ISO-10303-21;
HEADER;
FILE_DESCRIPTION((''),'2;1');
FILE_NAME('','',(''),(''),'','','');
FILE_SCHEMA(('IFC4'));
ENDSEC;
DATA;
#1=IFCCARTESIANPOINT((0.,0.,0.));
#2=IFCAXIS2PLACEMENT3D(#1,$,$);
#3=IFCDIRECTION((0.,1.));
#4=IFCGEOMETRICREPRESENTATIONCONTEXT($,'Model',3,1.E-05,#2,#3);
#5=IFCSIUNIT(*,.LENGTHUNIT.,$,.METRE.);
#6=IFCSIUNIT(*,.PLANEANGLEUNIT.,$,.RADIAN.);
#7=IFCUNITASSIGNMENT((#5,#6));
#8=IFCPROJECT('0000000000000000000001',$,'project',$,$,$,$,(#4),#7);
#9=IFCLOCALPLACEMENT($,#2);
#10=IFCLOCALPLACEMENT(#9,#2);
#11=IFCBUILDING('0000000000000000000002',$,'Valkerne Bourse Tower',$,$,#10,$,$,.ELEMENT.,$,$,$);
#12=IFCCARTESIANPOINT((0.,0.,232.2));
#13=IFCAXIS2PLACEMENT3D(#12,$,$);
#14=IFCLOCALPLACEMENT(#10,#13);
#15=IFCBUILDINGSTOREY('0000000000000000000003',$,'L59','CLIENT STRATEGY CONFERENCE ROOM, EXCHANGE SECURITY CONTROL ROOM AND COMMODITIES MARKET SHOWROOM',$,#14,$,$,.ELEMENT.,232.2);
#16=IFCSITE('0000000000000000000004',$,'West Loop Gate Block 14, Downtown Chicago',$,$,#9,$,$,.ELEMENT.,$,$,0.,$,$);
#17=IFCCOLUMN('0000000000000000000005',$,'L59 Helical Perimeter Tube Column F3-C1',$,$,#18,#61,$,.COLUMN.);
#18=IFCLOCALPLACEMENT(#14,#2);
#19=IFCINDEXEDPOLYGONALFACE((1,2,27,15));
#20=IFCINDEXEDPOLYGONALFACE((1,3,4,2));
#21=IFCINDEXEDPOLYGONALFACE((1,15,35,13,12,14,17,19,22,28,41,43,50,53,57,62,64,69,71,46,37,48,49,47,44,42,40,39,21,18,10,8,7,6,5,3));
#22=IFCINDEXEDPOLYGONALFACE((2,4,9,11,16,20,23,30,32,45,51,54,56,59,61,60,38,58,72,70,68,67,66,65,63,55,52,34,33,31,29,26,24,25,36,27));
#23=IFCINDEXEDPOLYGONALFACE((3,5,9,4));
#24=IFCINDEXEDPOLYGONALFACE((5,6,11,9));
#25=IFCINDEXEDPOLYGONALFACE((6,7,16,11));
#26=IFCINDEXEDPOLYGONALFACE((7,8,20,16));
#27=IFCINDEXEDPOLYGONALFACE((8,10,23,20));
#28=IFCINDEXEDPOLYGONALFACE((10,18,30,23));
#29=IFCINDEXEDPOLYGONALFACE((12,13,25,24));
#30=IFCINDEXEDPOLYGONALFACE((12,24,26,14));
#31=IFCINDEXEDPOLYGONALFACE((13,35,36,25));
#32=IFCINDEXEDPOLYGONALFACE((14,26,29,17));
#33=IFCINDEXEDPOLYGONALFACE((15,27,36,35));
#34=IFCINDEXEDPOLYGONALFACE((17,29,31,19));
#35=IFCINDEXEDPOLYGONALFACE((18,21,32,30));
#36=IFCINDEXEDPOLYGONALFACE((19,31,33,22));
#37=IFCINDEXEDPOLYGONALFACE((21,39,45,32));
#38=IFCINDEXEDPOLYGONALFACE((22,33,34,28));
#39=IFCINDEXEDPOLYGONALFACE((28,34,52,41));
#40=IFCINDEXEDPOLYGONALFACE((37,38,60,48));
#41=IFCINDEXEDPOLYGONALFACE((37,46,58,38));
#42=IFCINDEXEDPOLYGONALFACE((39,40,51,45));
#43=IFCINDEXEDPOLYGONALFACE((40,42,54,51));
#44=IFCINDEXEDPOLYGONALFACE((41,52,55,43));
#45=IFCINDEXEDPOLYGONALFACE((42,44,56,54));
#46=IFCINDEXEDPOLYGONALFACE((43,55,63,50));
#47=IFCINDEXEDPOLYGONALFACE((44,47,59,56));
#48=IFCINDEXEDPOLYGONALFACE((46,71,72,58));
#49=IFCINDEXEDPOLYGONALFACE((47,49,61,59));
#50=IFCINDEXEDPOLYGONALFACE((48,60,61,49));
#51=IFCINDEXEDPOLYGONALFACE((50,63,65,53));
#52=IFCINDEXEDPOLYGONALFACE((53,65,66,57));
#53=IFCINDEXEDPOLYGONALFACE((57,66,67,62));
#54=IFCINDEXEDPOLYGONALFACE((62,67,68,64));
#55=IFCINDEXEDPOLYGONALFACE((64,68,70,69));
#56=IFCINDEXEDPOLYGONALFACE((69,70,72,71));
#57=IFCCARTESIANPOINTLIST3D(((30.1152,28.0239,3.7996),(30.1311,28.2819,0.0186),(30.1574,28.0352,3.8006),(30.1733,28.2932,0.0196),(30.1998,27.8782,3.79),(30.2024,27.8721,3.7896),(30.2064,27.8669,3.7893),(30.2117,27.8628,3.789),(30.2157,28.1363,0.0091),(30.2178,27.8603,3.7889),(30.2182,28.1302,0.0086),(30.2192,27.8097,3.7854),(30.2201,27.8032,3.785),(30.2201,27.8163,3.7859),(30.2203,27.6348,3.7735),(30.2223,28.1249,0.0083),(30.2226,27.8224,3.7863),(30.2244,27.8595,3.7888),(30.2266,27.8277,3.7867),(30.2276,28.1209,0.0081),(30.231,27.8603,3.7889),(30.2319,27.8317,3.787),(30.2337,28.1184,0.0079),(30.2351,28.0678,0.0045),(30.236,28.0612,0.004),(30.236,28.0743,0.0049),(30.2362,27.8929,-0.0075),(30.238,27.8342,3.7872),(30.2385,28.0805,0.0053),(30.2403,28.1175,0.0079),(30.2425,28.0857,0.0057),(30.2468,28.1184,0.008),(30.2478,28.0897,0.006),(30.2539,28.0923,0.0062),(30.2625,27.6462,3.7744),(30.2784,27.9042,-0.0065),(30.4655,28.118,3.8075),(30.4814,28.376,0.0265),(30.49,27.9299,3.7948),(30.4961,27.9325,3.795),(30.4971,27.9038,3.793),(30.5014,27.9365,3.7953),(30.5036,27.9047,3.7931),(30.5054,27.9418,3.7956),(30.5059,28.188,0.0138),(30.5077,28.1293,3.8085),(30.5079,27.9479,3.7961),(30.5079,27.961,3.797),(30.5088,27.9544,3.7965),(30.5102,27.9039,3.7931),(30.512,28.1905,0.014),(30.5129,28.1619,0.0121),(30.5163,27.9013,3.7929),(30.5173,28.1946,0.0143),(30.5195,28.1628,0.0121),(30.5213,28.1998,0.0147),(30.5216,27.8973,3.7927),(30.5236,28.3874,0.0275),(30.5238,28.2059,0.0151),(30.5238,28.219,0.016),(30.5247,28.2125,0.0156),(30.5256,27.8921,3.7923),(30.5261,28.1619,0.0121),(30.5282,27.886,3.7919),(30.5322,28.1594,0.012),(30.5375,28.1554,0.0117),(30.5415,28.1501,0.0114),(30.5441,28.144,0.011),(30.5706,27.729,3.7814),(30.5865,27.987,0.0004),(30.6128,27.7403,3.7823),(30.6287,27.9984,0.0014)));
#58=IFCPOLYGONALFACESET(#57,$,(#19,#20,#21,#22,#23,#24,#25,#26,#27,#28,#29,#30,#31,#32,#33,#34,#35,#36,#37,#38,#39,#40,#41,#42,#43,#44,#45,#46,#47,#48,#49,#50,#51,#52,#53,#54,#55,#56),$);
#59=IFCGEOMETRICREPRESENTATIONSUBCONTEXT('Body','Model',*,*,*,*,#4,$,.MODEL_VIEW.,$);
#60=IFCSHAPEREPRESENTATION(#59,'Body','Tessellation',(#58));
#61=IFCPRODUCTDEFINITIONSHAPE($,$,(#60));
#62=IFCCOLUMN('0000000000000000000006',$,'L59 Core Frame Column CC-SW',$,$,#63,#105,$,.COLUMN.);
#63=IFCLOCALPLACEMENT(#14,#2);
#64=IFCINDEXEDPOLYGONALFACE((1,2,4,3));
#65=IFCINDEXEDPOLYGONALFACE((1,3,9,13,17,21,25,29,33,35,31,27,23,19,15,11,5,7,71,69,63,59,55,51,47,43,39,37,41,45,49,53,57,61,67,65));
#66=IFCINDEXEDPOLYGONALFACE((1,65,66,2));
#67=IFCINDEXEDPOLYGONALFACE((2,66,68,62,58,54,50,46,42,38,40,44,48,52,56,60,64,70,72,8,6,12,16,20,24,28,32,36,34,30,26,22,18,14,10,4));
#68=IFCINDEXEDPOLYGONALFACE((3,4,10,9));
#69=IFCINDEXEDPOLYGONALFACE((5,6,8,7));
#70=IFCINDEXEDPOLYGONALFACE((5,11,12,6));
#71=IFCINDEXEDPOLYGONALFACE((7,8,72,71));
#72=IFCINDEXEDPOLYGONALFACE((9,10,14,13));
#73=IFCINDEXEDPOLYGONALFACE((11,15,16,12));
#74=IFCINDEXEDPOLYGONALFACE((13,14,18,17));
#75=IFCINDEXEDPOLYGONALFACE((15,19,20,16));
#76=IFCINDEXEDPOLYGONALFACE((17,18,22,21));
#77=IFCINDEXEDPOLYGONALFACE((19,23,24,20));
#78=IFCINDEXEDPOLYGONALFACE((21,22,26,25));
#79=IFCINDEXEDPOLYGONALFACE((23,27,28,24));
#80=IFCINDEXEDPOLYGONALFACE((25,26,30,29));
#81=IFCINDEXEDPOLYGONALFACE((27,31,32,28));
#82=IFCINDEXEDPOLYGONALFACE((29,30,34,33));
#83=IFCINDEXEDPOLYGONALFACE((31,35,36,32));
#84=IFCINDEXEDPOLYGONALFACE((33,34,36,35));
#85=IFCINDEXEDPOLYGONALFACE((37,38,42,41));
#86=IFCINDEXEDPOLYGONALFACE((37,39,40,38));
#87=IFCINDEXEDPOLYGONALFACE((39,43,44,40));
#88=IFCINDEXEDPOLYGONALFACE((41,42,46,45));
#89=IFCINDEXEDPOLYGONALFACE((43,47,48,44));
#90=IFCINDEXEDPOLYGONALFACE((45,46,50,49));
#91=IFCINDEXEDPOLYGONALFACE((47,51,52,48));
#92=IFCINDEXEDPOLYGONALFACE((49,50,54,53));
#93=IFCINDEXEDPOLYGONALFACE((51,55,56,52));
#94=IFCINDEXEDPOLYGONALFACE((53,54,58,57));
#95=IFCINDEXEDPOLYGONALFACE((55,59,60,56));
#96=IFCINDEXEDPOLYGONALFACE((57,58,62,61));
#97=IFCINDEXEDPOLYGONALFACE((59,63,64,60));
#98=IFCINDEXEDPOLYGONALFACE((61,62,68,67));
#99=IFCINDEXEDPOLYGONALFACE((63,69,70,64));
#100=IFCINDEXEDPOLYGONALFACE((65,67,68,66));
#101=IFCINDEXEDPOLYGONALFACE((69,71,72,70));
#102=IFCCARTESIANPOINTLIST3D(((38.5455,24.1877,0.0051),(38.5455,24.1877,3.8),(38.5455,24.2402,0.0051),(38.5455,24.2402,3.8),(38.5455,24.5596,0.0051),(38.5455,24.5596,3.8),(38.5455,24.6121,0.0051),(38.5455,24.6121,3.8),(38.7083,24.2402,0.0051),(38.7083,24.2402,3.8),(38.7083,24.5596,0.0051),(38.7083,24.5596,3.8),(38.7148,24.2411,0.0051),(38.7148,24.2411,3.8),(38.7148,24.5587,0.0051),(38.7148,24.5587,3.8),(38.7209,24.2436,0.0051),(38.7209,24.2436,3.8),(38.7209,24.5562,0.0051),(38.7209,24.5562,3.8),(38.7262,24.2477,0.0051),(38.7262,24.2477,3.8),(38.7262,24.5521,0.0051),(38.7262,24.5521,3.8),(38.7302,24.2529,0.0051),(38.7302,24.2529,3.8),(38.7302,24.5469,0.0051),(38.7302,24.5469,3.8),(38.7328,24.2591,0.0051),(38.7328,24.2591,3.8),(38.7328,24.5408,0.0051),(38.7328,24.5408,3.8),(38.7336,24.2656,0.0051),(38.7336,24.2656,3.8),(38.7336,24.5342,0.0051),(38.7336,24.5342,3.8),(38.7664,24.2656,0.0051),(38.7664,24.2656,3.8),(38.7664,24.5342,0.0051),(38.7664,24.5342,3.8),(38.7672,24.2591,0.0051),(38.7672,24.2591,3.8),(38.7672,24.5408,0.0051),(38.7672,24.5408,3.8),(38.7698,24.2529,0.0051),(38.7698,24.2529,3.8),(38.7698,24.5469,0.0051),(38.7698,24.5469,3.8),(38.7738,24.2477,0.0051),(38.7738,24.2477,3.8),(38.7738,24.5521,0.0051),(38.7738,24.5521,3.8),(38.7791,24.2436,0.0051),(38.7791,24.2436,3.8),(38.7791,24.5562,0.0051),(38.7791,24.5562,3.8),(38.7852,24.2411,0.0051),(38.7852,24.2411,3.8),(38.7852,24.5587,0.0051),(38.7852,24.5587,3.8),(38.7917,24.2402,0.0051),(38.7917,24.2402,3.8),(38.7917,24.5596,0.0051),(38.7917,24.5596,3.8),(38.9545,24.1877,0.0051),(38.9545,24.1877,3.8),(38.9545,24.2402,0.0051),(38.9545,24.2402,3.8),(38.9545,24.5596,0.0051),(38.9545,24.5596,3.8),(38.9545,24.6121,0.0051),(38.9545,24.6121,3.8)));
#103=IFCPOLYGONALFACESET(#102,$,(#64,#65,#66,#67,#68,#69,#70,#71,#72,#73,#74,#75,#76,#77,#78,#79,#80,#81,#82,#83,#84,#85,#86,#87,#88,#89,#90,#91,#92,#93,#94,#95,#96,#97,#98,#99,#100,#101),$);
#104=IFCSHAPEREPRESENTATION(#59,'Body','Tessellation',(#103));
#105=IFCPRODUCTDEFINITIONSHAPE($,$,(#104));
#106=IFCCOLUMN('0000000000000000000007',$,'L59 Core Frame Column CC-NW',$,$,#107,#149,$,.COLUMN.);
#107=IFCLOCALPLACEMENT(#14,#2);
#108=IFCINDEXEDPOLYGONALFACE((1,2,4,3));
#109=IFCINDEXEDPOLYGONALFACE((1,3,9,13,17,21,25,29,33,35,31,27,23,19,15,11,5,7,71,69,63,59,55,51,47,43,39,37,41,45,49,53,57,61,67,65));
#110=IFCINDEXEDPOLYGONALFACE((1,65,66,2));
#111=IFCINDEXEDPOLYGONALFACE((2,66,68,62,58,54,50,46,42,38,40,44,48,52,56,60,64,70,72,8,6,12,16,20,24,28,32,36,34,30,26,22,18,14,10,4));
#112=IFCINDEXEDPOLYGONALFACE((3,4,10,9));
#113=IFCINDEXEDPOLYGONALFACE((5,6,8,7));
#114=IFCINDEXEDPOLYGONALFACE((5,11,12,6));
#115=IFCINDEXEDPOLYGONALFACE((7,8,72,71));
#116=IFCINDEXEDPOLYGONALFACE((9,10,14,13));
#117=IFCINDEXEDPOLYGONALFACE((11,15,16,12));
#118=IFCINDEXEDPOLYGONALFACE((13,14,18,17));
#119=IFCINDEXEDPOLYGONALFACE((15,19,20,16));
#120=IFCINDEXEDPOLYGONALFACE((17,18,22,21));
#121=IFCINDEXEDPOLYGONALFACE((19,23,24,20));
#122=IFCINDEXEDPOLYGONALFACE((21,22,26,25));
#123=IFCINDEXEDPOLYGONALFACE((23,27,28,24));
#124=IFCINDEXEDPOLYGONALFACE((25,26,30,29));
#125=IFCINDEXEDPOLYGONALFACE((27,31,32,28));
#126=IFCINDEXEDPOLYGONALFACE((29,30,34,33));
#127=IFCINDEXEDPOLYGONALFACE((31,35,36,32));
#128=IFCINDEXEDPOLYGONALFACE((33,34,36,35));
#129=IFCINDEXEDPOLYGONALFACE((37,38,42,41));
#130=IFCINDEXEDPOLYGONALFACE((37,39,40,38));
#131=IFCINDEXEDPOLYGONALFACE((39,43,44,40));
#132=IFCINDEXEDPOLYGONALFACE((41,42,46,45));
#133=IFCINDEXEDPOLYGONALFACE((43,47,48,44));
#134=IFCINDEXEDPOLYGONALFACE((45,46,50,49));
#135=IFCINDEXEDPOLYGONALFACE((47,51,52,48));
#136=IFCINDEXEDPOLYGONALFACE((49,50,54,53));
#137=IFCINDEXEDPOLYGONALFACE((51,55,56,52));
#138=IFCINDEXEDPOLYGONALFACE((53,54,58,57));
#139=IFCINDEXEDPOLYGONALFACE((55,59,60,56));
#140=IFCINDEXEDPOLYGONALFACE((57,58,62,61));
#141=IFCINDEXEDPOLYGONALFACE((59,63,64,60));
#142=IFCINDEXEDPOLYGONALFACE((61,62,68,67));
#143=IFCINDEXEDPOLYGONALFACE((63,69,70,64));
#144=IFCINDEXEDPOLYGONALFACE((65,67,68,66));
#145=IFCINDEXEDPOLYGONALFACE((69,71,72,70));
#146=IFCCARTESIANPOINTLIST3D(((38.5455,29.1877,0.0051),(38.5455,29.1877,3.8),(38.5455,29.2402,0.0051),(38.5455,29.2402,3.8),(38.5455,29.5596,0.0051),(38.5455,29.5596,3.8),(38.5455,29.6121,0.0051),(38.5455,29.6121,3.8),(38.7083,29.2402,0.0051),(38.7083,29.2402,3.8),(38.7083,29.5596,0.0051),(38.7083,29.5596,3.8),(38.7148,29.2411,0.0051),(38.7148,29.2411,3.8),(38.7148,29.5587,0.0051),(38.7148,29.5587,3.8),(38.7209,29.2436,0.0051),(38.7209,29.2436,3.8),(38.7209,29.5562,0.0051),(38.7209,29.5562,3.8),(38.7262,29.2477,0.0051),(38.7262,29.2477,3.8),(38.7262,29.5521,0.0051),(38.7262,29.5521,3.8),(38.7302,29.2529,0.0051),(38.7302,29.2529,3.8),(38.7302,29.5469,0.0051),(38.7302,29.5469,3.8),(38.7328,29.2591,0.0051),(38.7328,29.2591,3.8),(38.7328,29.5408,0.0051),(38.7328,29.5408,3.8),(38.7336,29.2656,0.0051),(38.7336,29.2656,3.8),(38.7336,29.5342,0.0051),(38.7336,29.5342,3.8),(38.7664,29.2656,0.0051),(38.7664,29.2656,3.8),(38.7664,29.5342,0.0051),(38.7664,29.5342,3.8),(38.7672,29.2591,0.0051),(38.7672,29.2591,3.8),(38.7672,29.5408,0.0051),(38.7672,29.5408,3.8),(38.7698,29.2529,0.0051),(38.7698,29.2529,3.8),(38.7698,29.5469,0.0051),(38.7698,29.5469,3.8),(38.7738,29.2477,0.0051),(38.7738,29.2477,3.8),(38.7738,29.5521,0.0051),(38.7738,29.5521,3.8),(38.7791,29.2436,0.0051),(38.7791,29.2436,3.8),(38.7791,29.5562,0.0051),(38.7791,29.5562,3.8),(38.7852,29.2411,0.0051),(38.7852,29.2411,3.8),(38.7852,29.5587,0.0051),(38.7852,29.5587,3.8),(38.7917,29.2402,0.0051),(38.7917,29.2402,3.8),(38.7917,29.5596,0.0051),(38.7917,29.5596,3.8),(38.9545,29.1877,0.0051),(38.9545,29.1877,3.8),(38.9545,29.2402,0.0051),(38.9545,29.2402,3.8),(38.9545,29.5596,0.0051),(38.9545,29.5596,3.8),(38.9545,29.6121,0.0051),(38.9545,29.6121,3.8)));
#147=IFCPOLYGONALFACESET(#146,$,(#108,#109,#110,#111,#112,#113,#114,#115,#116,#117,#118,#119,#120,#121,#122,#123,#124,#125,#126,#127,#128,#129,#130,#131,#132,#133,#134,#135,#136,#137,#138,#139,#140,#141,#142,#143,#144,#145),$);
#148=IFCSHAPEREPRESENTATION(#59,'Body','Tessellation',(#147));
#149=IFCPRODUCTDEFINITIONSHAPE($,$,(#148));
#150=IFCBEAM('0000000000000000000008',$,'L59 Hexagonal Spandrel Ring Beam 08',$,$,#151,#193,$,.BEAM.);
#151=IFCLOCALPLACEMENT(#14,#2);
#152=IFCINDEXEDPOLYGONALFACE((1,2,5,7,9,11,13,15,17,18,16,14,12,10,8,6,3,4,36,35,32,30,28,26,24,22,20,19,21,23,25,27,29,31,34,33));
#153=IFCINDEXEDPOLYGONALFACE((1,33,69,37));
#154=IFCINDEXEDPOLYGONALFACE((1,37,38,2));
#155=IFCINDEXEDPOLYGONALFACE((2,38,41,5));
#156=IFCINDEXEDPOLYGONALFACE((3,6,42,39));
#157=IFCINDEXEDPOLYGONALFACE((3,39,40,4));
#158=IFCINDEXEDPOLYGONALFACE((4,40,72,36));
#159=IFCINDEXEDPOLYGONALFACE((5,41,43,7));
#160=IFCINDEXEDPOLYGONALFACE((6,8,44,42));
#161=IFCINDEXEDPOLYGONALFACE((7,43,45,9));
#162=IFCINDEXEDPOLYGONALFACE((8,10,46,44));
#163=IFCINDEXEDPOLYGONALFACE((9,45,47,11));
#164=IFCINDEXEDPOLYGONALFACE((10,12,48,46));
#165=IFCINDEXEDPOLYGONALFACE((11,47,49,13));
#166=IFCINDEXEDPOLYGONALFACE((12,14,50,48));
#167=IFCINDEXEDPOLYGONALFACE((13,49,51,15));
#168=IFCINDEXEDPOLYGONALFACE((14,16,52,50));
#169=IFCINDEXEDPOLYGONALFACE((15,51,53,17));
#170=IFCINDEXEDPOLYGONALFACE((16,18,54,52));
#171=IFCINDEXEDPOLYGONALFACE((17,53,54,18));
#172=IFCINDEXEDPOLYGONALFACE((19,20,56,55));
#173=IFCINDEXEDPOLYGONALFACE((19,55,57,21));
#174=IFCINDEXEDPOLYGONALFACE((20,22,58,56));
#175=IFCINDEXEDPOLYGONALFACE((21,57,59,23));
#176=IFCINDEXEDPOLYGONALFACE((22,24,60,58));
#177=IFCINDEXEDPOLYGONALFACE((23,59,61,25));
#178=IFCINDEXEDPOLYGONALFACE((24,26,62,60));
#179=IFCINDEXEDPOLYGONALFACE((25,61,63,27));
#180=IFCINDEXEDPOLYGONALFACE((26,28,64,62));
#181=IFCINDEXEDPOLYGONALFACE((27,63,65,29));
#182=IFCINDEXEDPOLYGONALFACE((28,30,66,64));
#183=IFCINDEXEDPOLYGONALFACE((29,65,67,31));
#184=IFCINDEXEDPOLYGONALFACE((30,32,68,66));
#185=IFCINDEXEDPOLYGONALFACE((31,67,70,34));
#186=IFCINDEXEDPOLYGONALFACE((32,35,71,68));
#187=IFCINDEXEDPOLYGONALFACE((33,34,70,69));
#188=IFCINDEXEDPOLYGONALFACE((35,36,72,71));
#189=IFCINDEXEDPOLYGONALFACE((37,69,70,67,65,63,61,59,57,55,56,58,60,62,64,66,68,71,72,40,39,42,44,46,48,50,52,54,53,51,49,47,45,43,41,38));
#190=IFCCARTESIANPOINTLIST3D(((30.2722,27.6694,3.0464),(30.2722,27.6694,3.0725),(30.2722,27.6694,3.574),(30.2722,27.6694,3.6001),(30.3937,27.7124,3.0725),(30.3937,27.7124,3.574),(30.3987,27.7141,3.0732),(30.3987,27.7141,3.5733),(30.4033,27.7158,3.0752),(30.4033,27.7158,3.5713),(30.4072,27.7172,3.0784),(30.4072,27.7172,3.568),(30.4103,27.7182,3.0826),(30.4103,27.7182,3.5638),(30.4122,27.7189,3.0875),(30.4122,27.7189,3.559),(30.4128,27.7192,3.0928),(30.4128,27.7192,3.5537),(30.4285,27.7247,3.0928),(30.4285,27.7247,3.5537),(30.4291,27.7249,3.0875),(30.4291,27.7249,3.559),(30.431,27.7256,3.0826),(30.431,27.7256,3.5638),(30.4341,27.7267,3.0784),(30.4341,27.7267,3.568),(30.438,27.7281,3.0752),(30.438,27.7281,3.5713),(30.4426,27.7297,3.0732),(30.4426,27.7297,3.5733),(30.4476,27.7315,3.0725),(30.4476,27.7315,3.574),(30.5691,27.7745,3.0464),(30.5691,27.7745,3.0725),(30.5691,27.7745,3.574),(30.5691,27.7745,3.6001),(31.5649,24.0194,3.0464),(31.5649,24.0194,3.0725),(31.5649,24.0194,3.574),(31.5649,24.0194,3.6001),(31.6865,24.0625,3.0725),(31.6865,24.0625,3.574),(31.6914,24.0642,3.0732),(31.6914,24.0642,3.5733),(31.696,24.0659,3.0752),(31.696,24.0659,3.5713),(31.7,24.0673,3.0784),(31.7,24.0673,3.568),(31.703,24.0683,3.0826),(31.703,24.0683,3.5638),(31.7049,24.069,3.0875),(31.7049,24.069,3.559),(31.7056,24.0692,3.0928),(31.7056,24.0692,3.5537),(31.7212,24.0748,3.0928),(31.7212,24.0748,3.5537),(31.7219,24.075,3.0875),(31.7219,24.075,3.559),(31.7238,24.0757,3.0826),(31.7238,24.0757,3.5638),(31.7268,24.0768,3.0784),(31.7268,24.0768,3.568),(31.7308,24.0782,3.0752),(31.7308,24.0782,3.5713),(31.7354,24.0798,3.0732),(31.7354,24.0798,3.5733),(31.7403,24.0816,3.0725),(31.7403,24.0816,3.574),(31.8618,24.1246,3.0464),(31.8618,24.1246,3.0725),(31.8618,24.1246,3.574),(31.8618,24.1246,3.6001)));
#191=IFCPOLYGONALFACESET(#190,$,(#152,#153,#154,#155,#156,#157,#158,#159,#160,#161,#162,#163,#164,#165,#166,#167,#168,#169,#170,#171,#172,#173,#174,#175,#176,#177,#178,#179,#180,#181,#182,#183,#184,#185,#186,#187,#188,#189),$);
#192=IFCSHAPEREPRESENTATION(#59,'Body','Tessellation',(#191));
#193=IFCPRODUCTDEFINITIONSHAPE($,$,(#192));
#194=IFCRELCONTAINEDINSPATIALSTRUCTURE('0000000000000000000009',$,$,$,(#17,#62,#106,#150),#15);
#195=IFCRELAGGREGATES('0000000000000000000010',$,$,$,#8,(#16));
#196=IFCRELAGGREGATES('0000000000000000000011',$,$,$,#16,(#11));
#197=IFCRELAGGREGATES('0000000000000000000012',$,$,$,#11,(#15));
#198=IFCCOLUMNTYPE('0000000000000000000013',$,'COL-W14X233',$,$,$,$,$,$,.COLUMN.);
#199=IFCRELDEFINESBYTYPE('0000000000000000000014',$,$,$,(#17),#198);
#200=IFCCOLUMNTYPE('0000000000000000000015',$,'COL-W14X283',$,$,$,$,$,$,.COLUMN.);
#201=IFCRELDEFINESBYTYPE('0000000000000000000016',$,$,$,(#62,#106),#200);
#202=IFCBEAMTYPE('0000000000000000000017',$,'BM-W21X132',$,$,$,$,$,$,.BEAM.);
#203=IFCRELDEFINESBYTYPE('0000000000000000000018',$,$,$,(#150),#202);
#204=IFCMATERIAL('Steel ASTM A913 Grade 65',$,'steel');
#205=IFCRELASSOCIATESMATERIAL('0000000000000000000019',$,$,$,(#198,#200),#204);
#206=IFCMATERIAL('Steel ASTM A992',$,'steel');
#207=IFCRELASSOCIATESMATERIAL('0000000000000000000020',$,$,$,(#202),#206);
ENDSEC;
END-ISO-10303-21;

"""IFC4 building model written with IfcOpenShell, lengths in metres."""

from ifc_helpers import new_model, si_unit, direction, frame, origin, origin_2d, place, context, subcontext, project, spatial, i_section, extrude, material, material_profile, profile_set, type_object, element, save


model = new_model("IFC4")

# Units and contexts
model_context = context("Model", 3, precision=1e-05, world=origin(), true_north=direction((0.0, 1.0)))
body_context = subcontext(model_context, "Body", "Model", "MODEL_VIEW")
ifc_project = project(units=[si_unit("LENGTHUNIT", "METRE"), si_unit("PLANEANGLEUNIT", "RADIAN")], contexts=[model_context])

# Site, building, storey
site_placement = place(None, origin())
site = spatial("IfcSite", under=ifc_project, at=site_placement, Name="West Loop Gate Block 14, Downtown Chicago", CompositionType="ELEMENT", RefElevation=0.0)
building_placement = place(site_placement, origin())
building = spatial("IfcBuilding", under=site, at=building_placement, Name="Valkerne Bourse Tower", CompositionType="ELEMENT")
storey_placement = place(building_placement, frame((0.0, 0.0, 232.2)))
storey = spatial("IfcBuildingStorey", under=building, at=storey_placement, Name="L59", Description="CLIENT STRATEGY CONFERENCE ROOM, EXCHANGE SECURITY CONTROL ROOM AND COMMODITIES MARKET SHOWROOM", CompositionType="ELEMENT", Elevation=232.2)

# Columns
ifc_material_1 = material(Name="Steel ASTM A913 Grade 65", Category="steel")
ifc_material_profile_1 = material_profile(ifc_material_1, i_section(OverallWidth=0.4038, OverallDepth=0.4065, WebThickness=0.0271, FlangeThickness=0.0437, FilletRadius=0.0254, at=origin_2d()), Name="W14X233")
ifc_profile_set_1 = profile_set([ifc_material_profile_1], Name="Steel ASTM A913 Grade 65")
column_type_1 = type_object("IfcColumnType", Name="COL-W14X233", PredefinedType="COLUMN", material=ifc_profile_set_1)
column_placement = place(storey_placement, frame((30.3799, 28.1401, 0.01), z_axis=(-0.004187, -0.068092, 0.99767), x_axis=(0.260321, -0.963355, -0.064657)))
element("IfcColumn", 1, at=column_placement, inside=storey, type_object=column_type_1, Name="L59 Helical Perimeter Tube Column F3-C1", PredefinedType="COLUMN", context=body_context, shape_type="SweptSolid", body=[
    extrude(i_section(OverallWidth=0.4038, OverallDepth=0.4065, WebThickness=0.0271, FlangeThickness=0.0437, FilletRadius=0.0254, at=origin_2d()), origin(), (0.0, 0.0, 1.0), 3.7898),
])
ifc_material_profile_2 = material_profile(ifc_material_1, i_section(OverallWidth=0.4089, OverallDepth=0.4243, WebThickness=0.0327, FlangeThickness=0.0525, FilletRadius=0.0254, at=origin_2d()), Name="W14X283")
ifc_profile_set_2 = profile_set([ifc_material_profile_2], Name="Steel ASTM A913 Grade 65")
column_type_2 = type_object("IfcColumnType", Name="COL-W14X283", PredefinedType="COLUMN", material=ifc_profile_set_2)
for number, where, z_axis, x_axis, name in (
    (2, (38.75, 24.3999, 0.0051), (0.0, 0.0, 1.0), (1.0, 0.0, 0.0), "L59 Core Frame Column CC-SW"),
    (3, (38.75, 29.3999, 0.0051), (0.0, 0.0, 1.0), (1.0, 0.0, 0.0), "L59 Core Frame Column CC-NW"),
):
    element("IfcColumn", number, at=place(storey_placement, frame(where, z_axis=z_axis, x_axis=x_axis)), inside=storey, type_object=column_type_2, Name=name, PredefinedType="COLUMN", context=body_context, shape_type="SweptSolid", body=[
        extrude(i_section(OverallWidth=0.4089, OverallDepth=0.4243, WebThickness=0.0327, FlangeThickness=0.0525, FilletRadius=0.0254, at=origin_2d()), origin(), (0.0, 0.0, 1.0), 3.7949),
    ])

# Beam
ifc_material_2 = material(Name="Steel ASTM A992", Category="steel")
ifc_material_profile_3 = material_profile(ifc_material_2, i_section(OverallWidth=0.3149, OverallDepth=0.5537, WebThickness=0.0166, FlangeThickness=0.0261, FilletRadius=0.0203, at=origin_2d()), Name="W21X132")
ifc_profile_set_3 = profile_set([ifc_material_profile_3], Name="Steel ASTM A992")
beam_type_1 = type_object("IfcBeamType", Name="BM-W21X132", PredefinedType="BEAM", material=ifc_profile_set_3)
beam_1_placement = place(storey_placement, frame((30.4207, 27.7219, 3.3232), z_axis=(0.333859, -0.942623, 0.0), x_axis=(0.942623, 0.333859, 0.0)))
element("IfcBeam", 4, at=beam_1_placement, inside=storey, type_object=beam_type_1, Name="L59 Hexagonal Spandrel Ring Beam 08", PredefinedType="BEAM", context=body_context, shape_type="SweptSolid", body=[
    extrude(i_section(OverallWidth=0.3149, OverallDepth=0.5537, WebThickness=0.0166, FlangeThickness=0.0261, FilletRadius=0.0203, at=origin_2d()), origin(), (0.0, 0.0, 1.0), 3.8721),
])

save(model, "model.ifc")
